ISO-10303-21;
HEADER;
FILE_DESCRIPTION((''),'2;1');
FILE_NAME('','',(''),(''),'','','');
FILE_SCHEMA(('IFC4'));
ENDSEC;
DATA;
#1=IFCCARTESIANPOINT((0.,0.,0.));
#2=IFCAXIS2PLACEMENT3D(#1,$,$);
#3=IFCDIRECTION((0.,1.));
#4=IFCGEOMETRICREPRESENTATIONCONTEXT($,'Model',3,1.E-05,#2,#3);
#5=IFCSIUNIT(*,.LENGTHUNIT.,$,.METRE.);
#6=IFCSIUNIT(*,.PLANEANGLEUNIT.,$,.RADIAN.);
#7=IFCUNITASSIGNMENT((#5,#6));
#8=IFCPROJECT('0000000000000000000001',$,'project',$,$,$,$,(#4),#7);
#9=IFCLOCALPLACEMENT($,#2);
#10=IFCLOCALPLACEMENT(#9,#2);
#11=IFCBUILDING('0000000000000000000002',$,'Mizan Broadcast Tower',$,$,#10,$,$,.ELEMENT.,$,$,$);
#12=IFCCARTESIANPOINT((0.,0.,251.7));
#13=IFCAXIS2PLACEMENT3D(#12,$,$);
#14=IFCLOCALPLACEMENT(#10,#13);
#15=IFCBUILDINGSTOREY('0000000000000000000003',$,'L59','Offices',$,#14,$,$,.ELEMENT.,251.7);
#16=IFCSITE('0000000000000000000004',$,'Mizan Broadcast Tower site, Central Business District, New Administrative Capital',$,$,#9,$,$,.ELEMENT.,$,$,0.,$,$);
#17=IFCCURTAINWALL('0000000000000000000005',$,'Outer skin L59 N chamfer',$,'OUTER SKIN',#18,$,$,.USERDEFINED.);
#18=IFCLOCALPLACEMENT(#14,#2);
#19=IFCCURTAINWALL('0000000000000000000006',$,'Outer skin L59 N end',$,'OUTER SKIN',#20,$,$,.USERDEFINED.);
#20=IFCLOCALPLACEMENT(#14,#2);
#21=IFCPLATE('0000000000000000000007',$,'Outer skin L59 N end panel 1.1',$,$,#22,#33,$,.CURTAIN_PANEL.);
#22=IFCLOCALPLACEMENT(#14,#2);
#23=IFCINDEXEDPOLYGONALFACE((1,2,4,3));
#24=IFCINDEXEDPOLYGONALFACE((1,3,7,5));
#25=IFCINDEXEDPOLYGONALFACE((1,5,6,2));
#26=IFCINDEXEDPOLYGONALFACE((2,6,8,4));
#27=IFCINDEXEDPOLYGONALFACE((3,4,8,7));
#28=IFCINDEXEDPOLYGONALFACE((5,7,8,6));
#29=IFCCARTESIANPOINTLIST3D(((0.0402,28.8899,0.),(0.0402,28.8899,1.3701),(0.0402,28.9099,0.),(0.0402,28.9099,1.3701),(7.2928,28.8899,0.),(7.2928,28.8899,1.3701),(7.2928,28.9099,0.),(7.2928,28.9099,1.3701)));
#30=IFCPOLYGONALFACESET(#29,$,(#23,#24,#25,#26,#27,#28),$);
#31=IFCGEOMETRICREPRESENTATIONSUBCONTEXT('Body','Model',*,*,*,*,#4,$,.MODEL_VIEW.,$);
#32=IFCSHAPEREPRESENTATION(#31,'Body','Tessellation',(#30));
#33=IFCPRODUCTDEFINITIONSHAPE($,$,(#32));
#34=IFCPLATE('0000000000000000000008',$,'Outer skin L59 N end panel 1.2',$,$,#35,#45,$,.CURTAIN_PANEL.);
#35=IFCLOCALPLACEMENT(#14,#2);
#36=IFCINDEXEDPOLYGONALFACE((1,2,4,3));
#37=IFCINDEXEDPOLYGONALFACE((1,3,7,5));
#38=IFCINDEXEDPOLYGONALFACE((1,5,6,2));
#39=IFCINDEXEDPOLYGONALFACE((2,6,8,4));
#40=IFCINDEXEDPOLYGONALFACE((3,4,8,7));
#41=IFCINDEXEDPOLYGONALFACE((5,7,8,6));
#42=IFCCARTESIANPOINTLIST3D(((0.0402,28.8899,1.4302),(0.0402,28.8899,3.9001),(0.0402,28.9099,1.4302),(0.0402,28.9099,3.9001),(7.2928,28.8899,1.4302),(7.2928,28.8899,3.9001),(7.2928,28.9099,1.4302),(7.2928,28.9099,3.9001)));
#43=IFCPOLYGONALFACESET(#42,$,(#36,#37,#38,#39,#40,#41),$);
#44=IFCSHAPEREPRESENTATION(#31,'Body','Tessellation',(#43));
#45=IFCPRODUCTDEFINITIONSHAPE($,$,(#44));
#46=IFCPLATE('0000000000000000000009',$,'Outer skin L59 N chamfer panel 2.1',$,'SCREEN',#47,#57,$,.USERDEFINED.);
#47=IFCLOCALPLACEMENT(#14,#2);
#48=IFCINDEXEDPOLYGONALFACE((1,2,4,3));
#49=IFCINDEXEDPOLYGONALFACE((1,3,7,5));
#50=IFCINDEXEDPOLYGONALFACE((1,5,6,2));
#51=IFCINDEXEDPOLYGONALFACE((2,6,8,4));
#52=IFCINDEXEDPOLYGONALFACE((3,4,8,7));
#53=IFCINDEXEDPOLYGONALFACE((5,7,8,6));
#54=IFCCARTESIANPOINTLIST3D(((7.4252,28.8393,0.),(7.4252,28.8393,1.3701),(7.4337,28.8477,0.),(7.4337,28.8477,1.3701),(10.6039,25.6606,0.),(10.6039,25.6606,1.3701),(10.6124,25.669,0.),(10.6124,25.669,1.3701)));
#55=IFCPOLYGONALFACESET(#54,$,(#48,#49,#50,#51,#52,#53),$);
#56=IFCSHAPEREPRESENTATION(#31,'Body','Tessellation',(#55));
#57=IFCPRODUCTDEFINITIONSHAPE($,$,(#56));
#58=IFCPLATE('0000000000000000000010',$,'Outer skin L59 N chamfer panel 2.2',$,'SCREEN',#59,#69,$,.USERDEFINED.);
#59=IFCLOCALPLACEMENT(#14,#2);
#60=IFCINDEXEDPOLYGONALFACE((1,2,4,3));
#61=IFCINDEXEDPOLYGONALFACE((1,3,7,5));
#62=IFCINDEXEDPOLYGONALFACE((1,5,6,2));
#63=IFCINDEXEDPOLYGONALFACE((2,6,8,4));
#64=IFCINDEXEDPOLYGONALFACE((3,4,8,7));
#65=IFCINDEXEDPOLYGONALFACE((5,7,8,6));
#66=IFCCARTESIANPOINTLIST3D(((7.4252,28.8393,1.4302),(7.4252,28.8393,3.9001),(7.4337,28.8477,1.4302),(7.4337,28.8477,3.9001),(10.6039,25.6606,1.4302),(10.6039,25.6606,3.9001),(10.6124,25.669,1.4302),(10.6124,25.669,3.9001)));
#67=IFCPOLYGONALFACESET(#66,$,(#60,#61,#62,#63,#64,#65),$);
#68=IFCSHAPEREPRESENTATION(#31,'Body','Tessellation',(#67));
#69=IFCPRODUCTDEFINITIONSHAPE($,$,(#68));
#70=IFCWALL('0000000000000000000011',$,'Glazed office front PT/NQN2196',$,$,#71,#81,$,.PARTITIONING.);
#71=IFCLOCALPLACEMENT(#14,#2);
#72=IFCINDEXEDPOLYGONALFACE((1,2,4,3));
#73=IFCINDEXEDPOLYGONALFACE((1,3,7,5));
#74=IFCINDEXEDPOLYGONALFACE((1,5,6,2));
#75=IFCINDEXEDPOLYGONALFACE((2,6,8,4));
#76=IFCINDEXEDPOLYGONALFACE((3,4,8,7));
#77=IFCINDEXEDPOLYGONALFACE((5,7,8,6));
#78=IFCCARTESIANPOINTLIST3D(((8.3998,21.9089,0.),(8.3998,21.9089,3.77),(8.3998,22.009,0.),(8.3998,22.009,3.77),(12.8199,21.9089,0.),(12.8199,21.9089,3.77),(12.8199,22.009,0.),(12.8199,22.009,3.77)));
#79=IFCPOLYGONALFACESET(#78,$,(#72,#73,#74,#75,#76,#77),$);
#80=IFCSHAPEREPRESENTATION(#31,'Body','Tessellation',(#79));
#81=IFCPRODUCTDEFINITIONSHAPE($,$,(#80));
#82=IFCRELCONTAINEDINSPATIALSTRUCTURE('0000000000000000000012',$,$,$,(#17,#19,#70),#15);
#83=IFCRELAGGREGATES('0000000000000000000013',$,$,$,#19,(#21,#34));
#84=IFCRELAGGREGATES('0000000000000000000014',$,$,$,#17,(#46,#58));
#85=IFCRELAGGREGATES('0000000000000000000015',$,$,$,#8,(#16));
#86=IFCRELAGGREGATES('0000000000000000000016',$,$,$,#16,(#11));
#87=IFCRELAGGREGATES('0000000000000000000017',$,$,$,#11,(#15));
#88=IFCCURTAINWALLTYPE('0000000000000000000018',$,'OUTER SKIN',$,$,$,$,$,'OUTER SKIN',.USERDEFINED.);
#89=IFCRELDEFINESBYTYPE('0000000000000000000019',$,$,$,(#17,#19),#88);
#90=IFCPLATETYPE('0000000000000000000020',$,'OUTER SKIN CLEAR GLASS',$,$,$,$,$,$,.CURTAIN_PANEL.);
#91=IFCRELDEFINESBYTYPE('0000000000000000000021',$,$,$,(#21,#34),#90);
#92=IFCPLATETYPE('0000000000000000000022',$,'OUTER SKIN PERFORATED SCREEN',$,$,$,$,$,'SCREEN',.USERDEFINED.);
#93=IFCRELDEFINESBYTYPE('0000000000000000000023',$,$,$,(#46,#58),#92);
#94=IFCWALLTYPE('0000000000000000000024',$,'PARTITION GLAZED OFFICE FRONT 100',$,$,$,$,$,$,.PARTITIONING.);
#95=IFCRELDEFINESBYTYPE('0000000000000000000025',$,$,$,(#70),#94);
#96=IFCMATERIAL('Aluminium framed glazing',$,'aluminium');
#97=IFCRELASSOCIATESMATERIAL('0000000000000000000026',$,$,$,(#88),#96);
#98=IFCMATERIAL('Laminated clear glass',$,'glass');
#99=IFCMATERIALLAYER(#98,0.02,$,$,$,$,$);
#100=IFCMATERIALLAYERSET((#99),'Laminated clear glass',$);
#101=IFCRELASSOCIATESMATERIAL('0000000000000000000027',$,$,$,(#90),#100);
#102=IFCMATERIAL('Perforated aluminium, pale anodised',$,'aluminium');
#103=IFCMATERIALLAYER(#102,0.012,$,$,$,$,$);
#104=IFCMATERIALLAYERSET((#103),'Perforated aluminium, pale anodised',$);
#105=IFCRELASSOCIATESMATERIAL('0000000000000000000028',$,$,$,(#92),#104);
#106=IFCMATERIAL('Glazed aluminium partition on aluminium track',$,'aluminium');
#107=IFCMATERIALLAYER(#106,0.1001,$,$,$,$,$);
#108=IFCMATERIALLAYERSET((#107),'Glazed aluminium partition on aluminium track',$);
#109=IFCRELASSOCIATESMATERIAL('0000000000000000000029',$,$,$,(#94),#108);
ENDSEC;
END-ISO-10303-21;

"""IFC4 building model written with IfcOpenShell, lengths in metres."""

from ifc_helpers import new_model, si_unit, direction, frame, frame_2d, origin, origin_2d, place, context, subcontext, project, spatial, rectangle, extrude, material, layer, layer_set, type_object, element, aggregate, save


model = new_model("IFC4")

# Units and contexts
model_context = context("Model", 3, precision=1e-05, world=origin(), true_north=direction((0.0, 1.0)))
body_context = subcontext(model_context, "Body", "Model", "MODEL_VIEW")
ifc_project = project(units=[si_unit("LENGTHUNIT", "METRE"), si_unit("PLANEANGLEUNIT", "RADIAN")], contexts=[model_context])

# Site, building, storey
site_placement = place(None, origin())
site = spatial("IfcSite", under=ifc_project, at=site_placement, Name="Mizan Broadcast Tower site, Central Business District, New Administrative Capital", CompositionType="ELEMENT", RefElevation=0.0)
building_placement = place(site_placement, origin())
building = spatial("IfcBuilding", under=site, at=building_placement, Name="Mizan Broadcast Tower", CompositionType="ELEMENT")
storey_placement = place(building_placement, frame((0.0, 0.0, 251.7)))
storey = spatial("IfcBuildingStorey", under=building, at=storey_placement, Name="L59", Description="Offices", CompositionType="ELEMENT", Elevation=251.7)

# Curtain wall
ifc_material_1 = material(Name="Aluminium framed glazing", Category="aluminium")
curtain_wall_type_1 = type_object("IfcCurtainWallType", Name="OUTER SKIN", ElementType="OUTER SKIN", PredefinedType="USERDEFINED", material=ifc_material_1)
curtain_wall_1_placement = place(storey_placement, origin())
curtain_wall_1 = element("IfcCurtainWall", 1, at=curtain_wall_1_placement, inside=storey, type_object=curtain_wall_type_1, Name="Outer skin L59 N chamfer", ObjectType="OUTER SKIN", PredefinedType="USERDEFINED")

# Curtain wall
curtain_wall_2_placement = place(storey_placement, origin())
curtain_wall_2 = element("IfcCurtainWall", 2, at=curtain_wall_2_placement, inside=storey, type_object=curtain_wall_type_1, Name="Outer skin L59 N end", ObjectType="OUTER SKIN", PredefinedType="USERDEFINED")

# Plates
ifc_material_2 = material(Name="Laminated clear glass", Category="glass")
ifc_layer_1 = layer(ifc_material_2, 0.02)
ifc_layer_set_1 = layer_set([ifc_layer_1], Name="Laminated clear glass")
plate_type_1 = type_object("IfcPlateType", Name="OUTER SKIN CLEAR GLASS", PredefinedType="CURTAIN_PANEL", material=ifc_layer_set_1)
plate_1_placement = place(storey_placement, frame((3.6665, 28.8999, 0.0), z_axis=(0.0, 0.0, 1.0), x_axis=(-1.0, 0.0, 0.0)))
plate_1 = element("IfcPlate", 3, at=plate_1_placement, type_object=plate_type_1, Name="Outer skin L59 N end panel 1.1", PredefinedType="CURTAIN_PANEL", context=body_context, shape_type="SweptSolid", body=[
    extrude(rectangle(XDim=7.2527, YDim=0.02, at=origin_2d()), origin(), (0.0, 0.0, 1.0), 1.3701),
])
plate_2_placement = place(storey_placement, frame((3.6665, 28.8999, 1.4302), z_axis=(0.0, 0.0, 1.0), x_axis=(-1.0, 0.0, 0.0)))
plate_2 = element("IfcPlate", 4, at=plate_2_placement, type_object=plate_type_1, Name="Outer skin L59 N end panel 1.2", PredefinedType="CURTAIN_PANEL", context=body_context, shape_type="SweptSolid", body=[
    extrude(rectangle(XDim=7.2527, YDim=0.02, at=origin_2d()), origin(), (0.0, 0.0, 1.0), 2.47),
])
aggregate(curtain_wall_2, [plate_1, plate_2])
ifc_material_3 = material(Name="Perforated aluminium, pale anodised", Category="aluminium")
ifc_layer_2 = layer(ifc_material_3, 0.012)
ifc_layer_set_2 = layer_set([ifc_layer_2], Name="Perforated aluminium, pale anodised")
plate_type_2 = type_object("IfcPlateType", Name="OUTER SKIN PERFORATED SCREEN", ElementType="SCREEN", PredefinedType="USERDEFINED", material=ifc_layer_set_2)
plate_3_placement = place(storey_placement, frame((9.0188, 27.2542, 0.0), z_axis=(0.0, 0.0, 1.0), x_axis=(-0.707107, 0.707107, 0.0)))
plate_3 = element("IfcPlate", 5, at=plate_3_placement, type_object=plate_type_2, Name="Outer skin L59 N chamfer panel 2.1", ObjectType="SCREEN", PredefinedType="USERDEFINED", context=body_context, shape_type="SweptSolid", body=[
    extrude(rectangle(XDim=4.4954, YDim=0.012, at=origin_2d()), origin(), (0.0, 0.0, 1.0), 1.3701),
])
plate_4_placement = place(storey_placement, frame((9.0188, 27.2542, 1.4302), z_axis=(0.0, 0.0, 1.0), x_axis=(-0.707107, 0.707107, 0.0)))
plate_4 = element("IfcPlate", 6, at=plate_4_placement, type_object=plate_type_2, Name="Outer skin L59 N chamfer panel 2.2", ObjectType="SCREEN", PredefinedType="USERDEFINED", context=body_context, shape_type="SweptSolid", body=[
    extrude(rectangle(XDim=4.4954, YDim=0.012, at=origin_2d()), origin(), (0.0, 0.0, 1.0), 2.47),
])
aggregate(curtain_wall_1, [plate_3, plate_4])

# Wall
ifc_material_4 = material(Name="Glazed aluminium partition on aluminium track", Category="aluminium")
ifc_layer_3 = layer(ifc_material_4, 0.1001)
ifc_layer_set_3 = layer_set([ifc_layer_3], Name="Glazed aluminium partition on aluminium track")
wall_type = type_object("IfcWallType", Name="PARTITION GLAZED OFFICE FRONT 100", PredefinedType="PARTITIONING", material=ifc_layer_set_3)
wall_placement = place(storey_placement, frame((8.3999, 21.959, 0.0), z_axis=(0.0, 0.0, 1.0), x_axis=(1.0, 0.0, 0.0)))
element("IfcWall", 7, at=wall_placement, inside=storey, type_object=wall_type, Name="Glazed office front PT/NQN2196", PredefinedType="PARTITIONING", context=body_context, shape_type="SweptSolid", body=[
    extrude(rectangle(XDim=4.4202, YDim=0.1001, at=frame_2d((2.21, 0.0))), origin(), (0.0, 0.0, 1.0), 3.77),
])

save(model, "model.ifc")
